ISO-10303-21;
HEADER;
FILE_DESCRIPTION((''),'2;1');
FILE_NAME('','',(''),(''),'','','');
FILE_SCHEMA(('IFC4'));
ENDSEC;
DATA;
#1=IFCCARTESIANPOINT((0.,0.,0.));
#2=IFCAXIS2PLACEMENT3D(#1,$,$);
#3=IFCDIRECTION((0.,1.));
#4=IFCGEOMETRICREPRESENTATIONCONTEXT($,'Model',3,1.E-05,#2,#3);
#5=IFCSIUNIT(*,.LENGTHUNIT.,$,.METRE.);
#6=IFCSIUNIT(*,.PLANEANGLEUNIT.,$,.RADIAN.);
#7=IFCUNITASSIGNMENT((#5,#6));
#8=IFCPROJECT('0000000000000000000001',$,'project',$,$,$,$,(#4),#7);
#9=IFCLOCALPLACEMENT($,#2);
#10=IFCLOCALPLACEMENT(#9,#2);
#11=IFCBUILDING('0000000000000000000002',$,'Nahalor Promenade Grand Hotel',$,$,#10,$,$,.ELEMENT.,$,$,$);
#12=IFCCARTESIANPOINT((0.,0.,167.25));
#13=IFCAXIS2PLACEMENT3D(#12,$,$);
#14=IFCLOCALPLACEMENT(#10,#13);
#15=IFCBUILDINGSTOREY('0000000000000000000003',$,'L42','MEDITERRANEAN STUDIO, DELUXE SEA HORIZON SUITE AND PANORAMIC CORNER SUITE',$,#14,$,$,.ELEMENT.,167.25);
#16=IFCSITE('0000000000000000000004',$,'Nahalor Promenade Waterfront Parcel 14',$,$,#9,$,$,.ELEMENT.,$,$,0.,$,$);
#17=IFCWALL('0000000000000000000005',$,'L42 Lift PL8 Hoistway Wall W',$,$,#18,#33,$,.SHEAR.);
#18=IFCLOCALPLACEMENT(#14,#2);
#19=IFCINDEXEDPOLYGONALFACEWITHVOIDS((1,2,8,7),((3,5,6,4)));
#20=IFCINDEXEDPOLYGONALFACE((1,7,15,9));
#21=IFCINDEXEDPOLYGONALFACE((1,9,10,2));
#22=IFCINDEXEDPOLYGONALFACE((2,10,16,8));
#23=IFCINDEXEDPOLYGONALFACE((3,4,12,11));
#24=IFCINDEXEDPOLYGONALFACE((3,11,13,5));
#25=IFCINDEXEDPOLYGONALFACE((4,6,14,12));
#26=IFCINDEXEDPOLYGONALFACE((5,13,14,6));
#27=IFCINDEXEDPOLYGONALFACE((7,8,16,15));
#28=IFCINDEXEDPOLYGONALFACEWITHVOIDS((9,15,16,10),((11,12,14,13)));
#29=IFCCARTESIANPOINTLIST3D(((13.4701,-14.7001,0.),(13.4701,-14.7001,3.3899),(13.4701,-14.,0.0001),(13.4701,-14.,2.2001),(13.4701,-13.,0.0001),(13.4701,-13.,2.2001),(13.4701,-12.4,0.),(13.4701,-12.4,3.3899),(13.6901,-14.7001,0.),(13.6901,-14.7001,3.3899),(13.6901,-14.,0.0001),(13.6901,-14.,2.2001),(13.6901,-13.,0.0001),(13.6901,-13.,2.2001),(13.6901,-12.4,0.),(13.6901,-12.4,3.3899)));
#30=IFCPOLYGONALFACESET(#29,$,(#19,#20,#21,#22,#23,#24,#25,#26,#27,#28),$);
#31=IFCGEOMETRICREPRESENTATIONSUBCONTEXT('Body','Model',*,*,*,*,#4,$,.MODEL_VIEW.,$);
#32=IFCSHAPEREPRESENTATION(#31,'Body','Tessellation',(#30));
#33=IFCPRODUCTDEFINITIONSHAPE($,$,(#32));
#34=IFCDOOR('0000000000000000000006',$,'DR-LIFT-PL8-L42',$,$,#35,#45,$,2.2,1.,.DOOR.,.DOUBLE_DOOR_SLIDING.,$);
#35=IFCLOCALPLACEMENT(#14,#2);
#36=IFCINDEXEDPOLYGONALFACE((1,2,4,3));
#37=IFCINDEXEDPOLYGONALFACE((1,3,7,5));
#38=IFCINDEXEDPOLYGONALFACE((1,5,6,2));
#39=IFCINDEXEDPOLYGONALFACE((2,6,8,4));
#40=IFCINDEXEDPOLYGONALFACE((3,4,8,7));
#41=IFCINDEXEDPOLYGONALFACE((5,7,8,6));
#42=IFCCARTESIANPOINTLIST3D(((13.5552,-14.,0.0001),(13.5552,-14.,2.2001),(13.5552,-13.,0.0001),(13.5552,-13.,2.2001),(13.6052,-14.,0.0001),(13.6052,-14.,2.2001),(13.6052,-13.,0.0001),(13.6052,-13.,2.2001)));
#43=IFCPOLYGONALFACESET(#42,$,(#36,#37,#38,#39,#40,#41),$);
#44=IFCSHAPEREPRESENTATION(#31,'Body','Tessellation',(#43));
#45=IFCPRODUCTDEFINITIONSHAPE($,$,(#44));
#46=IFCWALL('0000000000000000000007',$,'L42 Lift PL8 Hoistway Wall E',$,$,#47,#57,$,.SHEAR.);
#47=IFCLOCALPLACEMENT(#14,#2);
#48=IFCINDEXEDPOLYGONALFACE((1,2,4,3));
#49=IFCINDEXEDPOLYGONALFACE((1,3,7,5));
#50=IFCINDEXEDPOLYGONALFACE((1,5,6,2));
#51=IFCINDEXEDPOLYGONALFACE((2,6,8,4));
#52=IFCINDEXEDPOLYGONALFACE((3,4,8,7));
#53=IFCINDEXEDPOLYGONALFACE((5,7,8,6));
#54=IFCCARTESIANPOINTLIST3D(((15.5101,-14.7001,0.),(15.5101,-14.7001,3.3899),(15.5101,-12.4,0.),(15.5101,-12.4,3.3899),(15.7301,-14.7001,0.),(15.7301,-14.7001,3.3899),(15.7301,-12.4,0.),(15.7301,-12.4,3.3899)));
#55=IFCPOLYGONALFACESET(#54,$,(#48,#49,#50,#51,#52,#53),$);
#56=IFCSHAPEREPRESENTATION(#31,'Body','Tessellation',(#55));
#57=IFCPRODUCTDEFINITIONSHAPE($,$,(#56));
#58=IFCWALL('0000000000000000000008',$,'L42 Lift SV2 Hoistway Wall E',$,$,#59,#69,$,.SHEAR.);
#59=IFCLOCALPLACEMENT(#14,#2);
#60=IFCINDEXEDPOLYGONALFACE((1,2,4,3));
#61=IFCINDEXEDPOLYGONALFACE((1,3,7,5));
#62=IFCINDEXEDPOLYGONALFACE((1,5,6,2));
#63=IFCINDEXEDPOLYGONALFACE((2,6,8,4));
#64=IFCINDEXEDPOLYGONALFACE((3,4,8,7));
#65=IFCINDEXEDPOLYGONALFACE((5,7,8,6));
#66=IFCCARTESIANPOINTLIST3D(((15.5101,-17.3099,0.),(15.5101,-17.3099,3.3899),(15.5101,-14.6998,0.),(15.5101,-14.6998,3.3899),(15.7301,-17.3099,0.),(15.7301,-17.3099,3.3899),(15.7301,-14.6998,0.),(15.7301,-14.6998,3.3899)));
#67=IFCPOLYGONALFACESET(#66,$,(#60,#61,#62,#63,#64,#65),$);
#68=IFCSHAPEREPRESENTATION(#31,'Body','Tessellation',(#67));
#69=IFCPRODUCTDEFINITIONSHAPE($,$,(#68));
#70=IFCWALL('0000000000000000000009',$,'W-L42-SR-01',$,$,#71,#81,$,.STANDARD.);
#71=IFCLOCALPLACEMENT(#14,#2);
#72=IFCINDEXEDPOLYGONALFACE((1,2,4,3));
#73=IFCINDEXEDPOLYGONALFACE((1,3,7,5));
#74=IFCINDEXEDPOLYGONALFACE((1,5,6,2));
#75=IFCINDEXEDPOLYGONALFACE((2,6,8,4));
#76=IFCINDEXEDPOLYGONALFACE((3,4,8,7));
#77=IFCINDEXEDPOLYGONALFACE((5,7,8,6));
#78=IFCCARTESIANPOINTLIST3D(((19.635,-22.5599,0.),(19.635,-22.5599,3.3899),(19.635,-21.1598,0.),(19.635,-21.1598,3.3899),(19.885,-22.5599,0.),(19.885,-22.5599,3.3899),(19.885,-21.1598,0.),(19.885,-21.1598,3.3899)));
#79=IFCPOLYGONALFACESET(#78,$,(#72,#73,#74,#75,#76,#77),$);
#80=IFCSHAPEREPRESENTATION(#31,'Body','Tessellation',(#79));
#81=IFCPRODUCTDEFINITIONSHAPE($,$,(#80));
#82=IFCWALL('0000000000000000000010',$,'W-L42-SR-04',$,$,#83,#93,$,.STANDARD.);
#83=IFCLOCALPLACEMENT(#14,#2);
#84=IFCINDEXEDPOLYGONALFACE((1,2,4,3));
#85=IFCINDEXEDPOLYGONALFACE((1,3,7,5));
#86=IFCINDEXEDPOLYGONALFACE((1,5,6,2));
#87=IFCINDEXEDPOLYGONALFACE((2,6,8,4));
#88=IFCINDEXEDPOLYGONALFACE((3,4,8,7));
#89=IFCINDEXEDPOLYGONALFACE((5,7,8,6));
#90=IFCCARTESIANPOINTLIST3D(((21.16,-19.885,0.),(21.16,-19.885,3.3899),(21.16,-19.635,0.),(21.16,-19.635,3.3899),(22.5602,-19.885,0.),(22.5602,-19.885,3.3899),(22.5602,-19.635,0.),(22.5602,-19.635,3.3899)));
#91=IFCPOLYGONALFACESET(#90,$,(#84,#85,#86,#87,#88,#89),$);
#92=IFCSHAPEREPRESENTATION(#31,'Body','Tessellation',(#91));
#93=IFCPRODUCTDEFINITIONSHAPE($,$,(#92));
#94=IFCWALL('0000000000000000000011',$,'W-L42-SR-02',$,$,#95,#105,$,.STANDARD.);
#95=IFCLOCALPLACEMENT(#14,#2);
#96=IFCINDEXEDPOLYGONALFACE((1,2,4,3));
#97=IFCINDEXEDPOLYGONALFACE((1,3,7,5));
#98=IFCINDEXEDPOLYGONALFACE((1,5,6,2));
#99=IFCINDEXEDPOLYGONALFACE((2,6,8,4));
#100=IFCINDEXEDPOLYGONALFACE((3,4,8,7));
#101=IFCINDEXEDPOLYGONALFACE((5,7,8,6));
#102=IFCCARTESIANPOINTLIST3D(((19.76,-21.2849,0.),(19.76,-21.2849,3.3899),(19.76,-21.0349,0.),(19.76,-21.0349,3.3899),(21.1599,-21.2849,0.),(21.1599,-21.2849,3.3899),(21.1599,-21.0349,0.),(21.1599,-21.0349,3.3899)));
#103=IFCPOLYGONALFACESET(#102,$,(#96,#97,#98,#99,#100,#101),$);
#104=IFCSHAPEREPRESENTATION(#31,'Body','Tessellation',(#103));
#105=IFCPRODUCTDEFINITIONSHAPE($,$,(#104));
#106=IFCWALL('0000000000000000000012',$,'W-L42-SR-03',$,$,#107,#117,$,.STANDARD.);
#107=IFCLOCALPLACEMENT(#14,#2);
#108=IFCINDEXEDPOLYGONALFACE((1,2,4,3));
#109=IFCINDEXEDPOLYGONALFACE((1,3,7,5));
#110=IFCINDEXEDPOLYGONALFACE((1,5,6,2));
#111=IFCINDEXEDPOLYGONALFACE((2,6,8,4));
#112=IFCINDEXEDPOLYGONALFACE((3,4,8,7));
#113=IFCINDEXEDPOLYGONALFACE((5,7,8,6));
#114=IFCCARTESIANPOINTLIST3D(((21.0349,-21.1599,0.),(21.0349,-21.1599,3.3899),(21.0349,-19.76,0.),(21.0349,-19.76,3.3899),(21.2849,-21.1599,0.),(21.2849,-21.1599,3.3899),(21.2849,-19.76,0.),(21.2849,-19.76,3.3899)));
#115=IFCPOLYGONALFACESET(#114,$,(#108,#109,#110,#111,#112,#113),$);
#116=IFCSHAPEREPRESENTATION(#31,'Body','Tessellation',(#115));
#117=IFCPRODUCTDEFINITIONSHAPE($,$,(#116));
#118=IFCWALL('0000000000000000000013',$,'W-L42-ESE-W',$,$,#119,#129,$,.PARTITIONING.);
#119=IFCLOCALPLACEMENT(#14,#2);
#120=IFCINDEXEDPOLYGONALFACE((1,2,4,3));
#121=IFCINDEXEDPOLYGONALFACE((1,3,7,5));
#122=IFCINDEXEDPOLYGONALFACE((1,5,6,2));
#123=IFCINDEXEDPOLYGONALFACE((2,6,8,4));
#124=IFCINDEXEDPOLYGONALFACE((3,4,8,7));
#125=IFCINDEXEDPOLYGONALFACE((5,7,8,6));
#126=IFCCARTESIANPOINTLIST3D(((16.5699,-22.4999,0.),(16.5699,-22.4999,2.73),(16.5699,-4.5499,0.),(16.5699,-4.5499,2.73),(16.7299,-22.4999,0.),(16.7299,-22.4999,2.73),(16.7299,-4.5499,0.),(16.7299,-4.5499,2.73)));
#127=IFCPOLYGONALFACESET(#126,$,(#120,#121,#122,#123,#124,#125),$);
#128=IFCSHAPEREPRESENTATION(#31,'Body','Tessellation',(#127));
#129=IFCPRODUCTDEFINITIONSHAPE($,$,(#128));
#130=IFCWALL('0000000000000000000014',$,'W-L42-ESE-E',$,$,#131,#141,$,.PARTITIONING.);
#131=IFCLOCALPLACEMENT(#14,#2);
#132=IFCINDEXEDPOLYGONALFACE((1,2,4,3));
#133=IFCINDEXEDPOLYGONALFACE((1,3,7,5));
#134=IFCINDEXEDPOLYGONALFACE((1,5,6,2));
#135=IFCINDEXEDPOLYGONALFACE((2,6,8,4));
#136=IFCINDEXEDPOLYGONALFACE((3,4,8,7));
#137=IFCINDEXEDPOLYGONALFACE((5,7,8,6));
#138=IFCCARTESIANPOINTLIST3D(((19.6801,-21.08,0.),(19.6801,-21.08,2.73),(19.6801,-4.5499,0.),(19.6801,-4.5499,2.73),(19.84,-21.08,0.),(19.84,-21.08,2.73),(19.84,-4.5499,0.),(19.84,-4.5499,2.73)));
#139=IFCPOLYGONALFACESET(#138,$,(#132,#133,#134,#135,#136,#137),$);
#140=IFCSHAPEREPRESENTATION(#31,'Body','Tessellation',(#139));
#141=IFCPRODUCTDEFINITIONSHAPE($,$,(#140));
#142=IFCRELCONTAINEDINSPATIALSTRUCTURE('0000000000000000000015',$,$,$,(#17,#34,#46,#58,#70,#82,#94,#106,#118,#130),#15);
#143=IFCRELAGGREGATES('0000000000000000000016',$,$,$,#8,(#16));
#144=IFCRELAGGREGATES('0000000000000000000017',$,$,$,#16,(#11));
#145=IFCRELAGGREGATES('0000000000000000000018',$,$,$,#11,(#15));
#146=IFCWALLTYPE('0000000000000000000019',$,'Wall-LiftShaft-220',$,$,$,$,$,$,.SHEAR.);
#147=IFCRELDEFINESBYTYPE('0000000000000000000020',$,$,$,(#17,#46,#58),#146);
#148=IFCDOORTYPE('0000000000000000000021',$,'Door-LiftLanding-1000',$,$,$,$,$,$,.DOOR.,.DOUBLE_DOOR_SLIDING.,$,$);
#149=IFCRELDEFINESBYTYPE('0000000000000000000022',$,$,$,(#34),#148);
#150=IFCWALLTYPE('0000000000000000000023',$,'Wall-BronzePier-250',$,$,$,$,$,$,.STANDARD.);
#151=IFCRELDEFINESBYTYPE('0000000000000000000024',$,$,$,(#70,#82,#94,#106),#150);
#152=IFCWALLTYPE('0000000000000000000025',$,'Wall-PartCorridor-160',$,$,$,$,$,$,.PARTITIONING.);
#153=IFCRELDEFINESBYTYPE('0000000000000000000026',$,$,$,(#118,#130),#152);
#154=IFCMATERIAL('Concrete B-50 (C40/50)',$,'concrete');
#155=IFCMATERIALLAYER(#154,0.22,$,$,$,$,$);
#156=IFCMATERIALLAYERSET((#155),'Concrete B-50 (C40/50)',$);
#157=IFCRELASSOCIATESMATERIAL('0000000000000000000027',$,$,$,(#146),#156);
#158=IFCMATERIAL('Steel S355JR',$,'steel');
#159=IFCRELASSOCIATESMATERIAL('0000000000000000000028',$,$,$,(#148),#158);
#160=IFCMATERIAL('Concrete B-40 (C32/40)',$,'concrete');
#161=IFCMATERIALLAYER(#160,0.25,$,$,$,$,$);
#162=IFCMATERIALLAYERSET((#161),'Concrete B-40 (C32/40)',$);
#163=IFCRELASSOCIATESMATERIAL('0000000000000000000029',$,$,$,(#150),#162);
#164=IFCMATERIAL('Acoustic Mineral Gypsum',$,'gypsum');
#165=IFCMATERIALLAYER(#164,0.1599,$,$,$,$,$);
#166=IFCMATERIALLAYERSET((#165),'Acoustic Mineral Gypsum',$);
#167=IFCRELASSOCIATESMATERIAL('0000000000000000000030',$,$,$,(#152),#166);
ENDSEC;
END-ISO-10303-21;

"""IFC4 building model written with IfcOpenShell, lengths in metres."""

from ifc_helpers import new_model, si_unit, direction, frame, frame_2d, origin, place, context, subcontext, project, spatial, rectangle, extrude, source, transform, mapped, material, layer, layer_set, type_object, element, fill, save


model = new_model("IFC4")

# Units and contexts
model_context = context("Model", 3, precision=1e-05, world=origin(), true_north=direction((0.0, 1.0)))
body_context = subcontext(model_context, "Body", "Model", "MODEL_VIEW")
ifc_project = project(units=[si_unit("LENGTHUNIT", "METRE"), si_unit("PLANEANGLEUNIT", "RADIAN")], contexts=[model_context])

# Site, building, storey
site_placement = place(None, origin())
site = spatial("IfcSite", under=ifc_project, at=site_placement, Name="Nahalor Promenade Waterfront Parcel 14", CompositionType="ELEMENT", RefElevation=0.0)
building_placement = place(site_placement, origin())
building = spatial("IfcBuilding", under=site, at=building_placement, Name="Nahalor Promenade Grand Hotel", CompositionType="ELEMENT")
storey_placement = place(building_placement, frame((0.0, 0.0, 167.25)))
storey = spatial("IfcBuildingStorey", under=building, at=storey_placement, Name="L42", Description="MEDITERRANEAN STUDIO, DELUXE SEA HORIZON SUITE AND PANORAMIC CORNER SUITE", CompositionType="ELEMENT", Elevation=167.25)

# Shared definitions
ifc_material_1 = material(Name="Steel S355JR", Category="steel")

# Shared definitions
ifc_material_2 = material(Name="Concrete B-50 (C40/50)", Category="concrete")
ifc_layer_1 = layer(ifc_material_2, 0.22)
ifc_layer_set_1 = layer_set([ifc_layer_1], Name="Concrete B-50 (C40/50)")
wall_type_1 = type_object("IfcWallType", Name="Wall-LiftShaft-220", PredefinedType="SHEAR", material=ifc_layer_set_1)

# Wall, opening, door
shared_shape_1 = source(origin(), body_context, "Body", "SweptSolid", [
    extrude(rectangle(XDim=2.3, YDim=0.22, at=frame_2d((1.1499, 0.0))), origin(), (0.0, 0.0, 1.0), 3.3899),
])
wall_1_placement = place(storey_placement, frame((13.5801, -14.7, 0.0), z_axis=(0.0, 0.0, 1.0), x_axis=(0.0, 1.0, 0.0)))
wall_1 = element("IfcWall", 1, at=wall_1_placement, inside=storey, type_object=wall_type_1, Name="L42 Lift PL8 Hoistway Wall W", PredefinedType="SHEAR", context=body_context, shape_type="MappedRepresentation", body=[
    mapped(shared_shape_1, transform((0.0, 0.0, 0.0), scale=1.0)),
])
opening_placement = place(wall_1_placement, frame((0.7, 0.0, 0.0)))
opening = element("IfcOpeningElement", 2, at=opening_placement, cuts=wall_1, PredefinedType="OPENING", context=body_context, shape_type="SweptSolid", body=[
    extrude(rectangle(XDim=1.0, YDim=2.2, at=frame_2d((0.5, 1.1001))), frame((0.0, 0.1199, 0.0), z_axis=(0.0, -1.0, 0.0), x_axis=(1.0, 0.0, 0.0)), (0.0, 0.0, 1.0), 0.24),
])
door_type = type_object("IfcDoorType", Name="Door-LiftLanding-1000", OperationType="DOUBLE_DOOR_SLIDING", PredefinedType="DOOR", material=ifc_material_1)
shared_shape_2 = source(origin(), body_context, "Body", "SweptSolid", [
    extrude(rectangle(XDim=1.0, YDim=2.2, at=frame_2d((0.5, 1.1001))), frame((0.0, 0.0249, 0.0), z_axis=(0.0, -1.0, 0.0), x_axis=(1.0, 0.0, 0.0)), (0.0, 0.0, 1.0), 0.05),
])
door_placement = place(opening_placement, origin())
door = element("IfcDoor", 3, at=door_placement, inside=storey, type_object=door_type, Name="DR-LIFT-PL8-L42", OperationType="DOUBLE_DOOR_SLIDING", OverallHeight=2.2, OverallWidth=1.0, PredefinedType="DOOR", context=body_context, shape_type="MappedRepresentation", body=[
    mapped(shared_shape_2, transform((0.0, 0.0, 0.0), scale=1.0)),
])
fill(opening, door)

# Walls
wall_2_placement = place(storey_placement, frame((15.6201, -14.7, 0.0), z_axis=(0.0, 0.0, 1.0), x_axis=(0.0, 1.0, 0.0)))
element("IfcWall", 4, at=wall_2_placement, inside=storey, type_object=wall_type_1, Name="L42 Lift PL8 Hoistway Wall E", PredefinedType="SHEAR", context=body_context, shape_type="MappedRepresentation", body=[
    mapped(shared_shape_1, transform((0.0, 0.0, 0.0), scale=1.0)),
])
shared_shape_3 = source(origin(), body_context, "Body", "SweptSolid", [
    extrude(rectangle(XDim=2.6101, YDim=0.22, at=frame_2d((1.3052, 0.0))), origin(), (0.0, 0.0, 1.0), 3.3899),
])
wall_3_placement = place(storey_placement, frame((15.6201, -17.3101, 0.0), z_axis=(0.0, 0.0, 1.0), x_axis=(0.0, 1.0, 0.0)))
element("IfcWall", 5, at=wall_3_placement, inside=storey, type_object=wall_type_1, Name="L42 Lift SV2 Hoistway Wall E", PredefinedType="SHEAR", context=body_context, shape_type="MappedRepresentation", body=[
    mapped(shared_shape_3, transform((0.0, 0.0, 0.0), scale=1.0)),
])
ifc_material_3 = material(Name="Concrete B-40 (C32/40)", Category="concrete")
ifc_layer_2 = layer(ifc_material_3, 0.25)
ifc_layer_set_2 = layer_set([ifc_layer_2], Name="Concrete B-40 (C32/40)")
wall_type_2 = type_object("IfcWallType", Name="Wall-BronzePier-250", PredefinedType="STANDARD", material=ifc_layer_set_2)
shared_shape_4 = source(origin(), body_context, "Body", "SweptSolid", [
    extrude(rectangle(XDim=1.4001, YDim=0.25, at=frame_2d((0.7002, 0.0))), origin(), (0.0, 0.0, 1.0), 3.3899),
])
for number, where, z_axis, x_axis, name in (
    (6, (19.76, -22.5601, 0.0), (0.0, 0.0, 1.0), (0.0, 1.0, 0.0), "W-L42-SR-01"),
    (7, (21.1599, -19.76, 0.0), (0.0, 0.0, 1.0), (1.0, 0.0, 0.0), "W-L42-SR-04"),
):
    element("IfcWall", number, at=place(storey_placement, frame(where, z_axis=z_axis, x_axis=x_axis)), inside=storey, type_object=wall_type_2, Name=name, PredefinedType="STANDARD", context=body_context, shape_type="MappedRepresentation", body=[
        mapped(shared_shape_4, transform((0.0, 0.0, 0.0), scale=1.0)),
    ])
shared_shape_5 = source(origin(), body_context, "Body", "SweptSolid", [
    extrude(rectangle(XDim=1.3999, YDim=0.25, at=frame_2d((0.7, 0.0))), origin(), (0.0, 0.0, 1.0), 3.3899),
])
for number, where, z_axis, x_axis, name in (
    (8, (19.76, -21.1599, 0.0), (0.0, 0.0, 1.0), (1.0, 0.0, 0.0), "W-L42-SR-02"),
    (9, (21.1599, -21.1599, 0.0), (0.0, 0.0, 1.0), (0.0, 1.0, 0.0), "W-L42-SR-03"),
):
    element("IfcWall", number, at=place(storey_placement, frame(where, z_axis=z_axis, x_axis=x_axis)), inside=storey, type_object=wall_type_2, Name=name, PredefinedType="STANDARD", context=body_context, shape_type="MappedRepresentation", body=[
        mapped(shared_shape_5, transform((0.0, 0.0, 0.0), scale=1.0)),
    ])
ifc_material_4 = material(Name="Acoustic Mineral Gypsum", Category="gypsum")
ifc_layer_3 = layer(ifc_material_4, 0.1599)
ifc_layer_set_3 = layer_set([ifc_layer_3], Name="Acoustic Mineral Gypsum")
wall_type_3 = type_object("IfcWallType", Name="Wall-PartCorridor-160", PredefinedType="PARTITIONING", material=ifc_layer_set_3)
shared_shape_6 = source(origin(), body_context, "Body", "SweptSolid", [
    extrude(rectangle(XDim=17.95, YDim=0.1599, at=frame_2d((8.9751, 0.0))), origin(), (0.0, 0.0, 1.0), 2.73),
])
wall_4_placement = place(storey_placement, frame((16.6499, -22.5, 0.0), z_axis=(0.0, 0.0, 1.0), x_axis=(0.0, 1.0, 0.0)))
element("IfcWall", 10, at=wall_4_placement, inside=storey, type_object=wall_type_3, Name="W-L42-ESE-W", PredefinedType="PARTITIONING", context=body_context, shape_type="MappedRepresentation", body=[
    mapped(shared_shape_6, transform((0.0, 0.0, 0.0), scale=1.0)),
])
shared_shape_7 = source(origin(), body_context, "Body", "SweptSolid", [
    extrude(rectangle(XDim=16.53, YDim=0.1599, at=frame_2d((8.2651, 0.0))), origin(), (0.0, 0.0, 1.0), 2.73),
])
wall_5_placement = place(storey_placement, frame((19.76, -21.0801, 0.0), z_axis=(0.0, 0.0, 1.0), x_axis=(0.0, 1.0, 0.0)))
element("IfcWall", 11, at=wall_5_placement, inside=storey, type_object=wall_type_3, Name="W-L42-ESE-E", PredefinedType="PARTITIONING", context=body_context, shape_type="MappedRepresentation", body=[
    mapped(shared_shape_7, transform((0.0, 0.0, 0.0), scale=1.0)),
])

save(model, "model.ifc")
